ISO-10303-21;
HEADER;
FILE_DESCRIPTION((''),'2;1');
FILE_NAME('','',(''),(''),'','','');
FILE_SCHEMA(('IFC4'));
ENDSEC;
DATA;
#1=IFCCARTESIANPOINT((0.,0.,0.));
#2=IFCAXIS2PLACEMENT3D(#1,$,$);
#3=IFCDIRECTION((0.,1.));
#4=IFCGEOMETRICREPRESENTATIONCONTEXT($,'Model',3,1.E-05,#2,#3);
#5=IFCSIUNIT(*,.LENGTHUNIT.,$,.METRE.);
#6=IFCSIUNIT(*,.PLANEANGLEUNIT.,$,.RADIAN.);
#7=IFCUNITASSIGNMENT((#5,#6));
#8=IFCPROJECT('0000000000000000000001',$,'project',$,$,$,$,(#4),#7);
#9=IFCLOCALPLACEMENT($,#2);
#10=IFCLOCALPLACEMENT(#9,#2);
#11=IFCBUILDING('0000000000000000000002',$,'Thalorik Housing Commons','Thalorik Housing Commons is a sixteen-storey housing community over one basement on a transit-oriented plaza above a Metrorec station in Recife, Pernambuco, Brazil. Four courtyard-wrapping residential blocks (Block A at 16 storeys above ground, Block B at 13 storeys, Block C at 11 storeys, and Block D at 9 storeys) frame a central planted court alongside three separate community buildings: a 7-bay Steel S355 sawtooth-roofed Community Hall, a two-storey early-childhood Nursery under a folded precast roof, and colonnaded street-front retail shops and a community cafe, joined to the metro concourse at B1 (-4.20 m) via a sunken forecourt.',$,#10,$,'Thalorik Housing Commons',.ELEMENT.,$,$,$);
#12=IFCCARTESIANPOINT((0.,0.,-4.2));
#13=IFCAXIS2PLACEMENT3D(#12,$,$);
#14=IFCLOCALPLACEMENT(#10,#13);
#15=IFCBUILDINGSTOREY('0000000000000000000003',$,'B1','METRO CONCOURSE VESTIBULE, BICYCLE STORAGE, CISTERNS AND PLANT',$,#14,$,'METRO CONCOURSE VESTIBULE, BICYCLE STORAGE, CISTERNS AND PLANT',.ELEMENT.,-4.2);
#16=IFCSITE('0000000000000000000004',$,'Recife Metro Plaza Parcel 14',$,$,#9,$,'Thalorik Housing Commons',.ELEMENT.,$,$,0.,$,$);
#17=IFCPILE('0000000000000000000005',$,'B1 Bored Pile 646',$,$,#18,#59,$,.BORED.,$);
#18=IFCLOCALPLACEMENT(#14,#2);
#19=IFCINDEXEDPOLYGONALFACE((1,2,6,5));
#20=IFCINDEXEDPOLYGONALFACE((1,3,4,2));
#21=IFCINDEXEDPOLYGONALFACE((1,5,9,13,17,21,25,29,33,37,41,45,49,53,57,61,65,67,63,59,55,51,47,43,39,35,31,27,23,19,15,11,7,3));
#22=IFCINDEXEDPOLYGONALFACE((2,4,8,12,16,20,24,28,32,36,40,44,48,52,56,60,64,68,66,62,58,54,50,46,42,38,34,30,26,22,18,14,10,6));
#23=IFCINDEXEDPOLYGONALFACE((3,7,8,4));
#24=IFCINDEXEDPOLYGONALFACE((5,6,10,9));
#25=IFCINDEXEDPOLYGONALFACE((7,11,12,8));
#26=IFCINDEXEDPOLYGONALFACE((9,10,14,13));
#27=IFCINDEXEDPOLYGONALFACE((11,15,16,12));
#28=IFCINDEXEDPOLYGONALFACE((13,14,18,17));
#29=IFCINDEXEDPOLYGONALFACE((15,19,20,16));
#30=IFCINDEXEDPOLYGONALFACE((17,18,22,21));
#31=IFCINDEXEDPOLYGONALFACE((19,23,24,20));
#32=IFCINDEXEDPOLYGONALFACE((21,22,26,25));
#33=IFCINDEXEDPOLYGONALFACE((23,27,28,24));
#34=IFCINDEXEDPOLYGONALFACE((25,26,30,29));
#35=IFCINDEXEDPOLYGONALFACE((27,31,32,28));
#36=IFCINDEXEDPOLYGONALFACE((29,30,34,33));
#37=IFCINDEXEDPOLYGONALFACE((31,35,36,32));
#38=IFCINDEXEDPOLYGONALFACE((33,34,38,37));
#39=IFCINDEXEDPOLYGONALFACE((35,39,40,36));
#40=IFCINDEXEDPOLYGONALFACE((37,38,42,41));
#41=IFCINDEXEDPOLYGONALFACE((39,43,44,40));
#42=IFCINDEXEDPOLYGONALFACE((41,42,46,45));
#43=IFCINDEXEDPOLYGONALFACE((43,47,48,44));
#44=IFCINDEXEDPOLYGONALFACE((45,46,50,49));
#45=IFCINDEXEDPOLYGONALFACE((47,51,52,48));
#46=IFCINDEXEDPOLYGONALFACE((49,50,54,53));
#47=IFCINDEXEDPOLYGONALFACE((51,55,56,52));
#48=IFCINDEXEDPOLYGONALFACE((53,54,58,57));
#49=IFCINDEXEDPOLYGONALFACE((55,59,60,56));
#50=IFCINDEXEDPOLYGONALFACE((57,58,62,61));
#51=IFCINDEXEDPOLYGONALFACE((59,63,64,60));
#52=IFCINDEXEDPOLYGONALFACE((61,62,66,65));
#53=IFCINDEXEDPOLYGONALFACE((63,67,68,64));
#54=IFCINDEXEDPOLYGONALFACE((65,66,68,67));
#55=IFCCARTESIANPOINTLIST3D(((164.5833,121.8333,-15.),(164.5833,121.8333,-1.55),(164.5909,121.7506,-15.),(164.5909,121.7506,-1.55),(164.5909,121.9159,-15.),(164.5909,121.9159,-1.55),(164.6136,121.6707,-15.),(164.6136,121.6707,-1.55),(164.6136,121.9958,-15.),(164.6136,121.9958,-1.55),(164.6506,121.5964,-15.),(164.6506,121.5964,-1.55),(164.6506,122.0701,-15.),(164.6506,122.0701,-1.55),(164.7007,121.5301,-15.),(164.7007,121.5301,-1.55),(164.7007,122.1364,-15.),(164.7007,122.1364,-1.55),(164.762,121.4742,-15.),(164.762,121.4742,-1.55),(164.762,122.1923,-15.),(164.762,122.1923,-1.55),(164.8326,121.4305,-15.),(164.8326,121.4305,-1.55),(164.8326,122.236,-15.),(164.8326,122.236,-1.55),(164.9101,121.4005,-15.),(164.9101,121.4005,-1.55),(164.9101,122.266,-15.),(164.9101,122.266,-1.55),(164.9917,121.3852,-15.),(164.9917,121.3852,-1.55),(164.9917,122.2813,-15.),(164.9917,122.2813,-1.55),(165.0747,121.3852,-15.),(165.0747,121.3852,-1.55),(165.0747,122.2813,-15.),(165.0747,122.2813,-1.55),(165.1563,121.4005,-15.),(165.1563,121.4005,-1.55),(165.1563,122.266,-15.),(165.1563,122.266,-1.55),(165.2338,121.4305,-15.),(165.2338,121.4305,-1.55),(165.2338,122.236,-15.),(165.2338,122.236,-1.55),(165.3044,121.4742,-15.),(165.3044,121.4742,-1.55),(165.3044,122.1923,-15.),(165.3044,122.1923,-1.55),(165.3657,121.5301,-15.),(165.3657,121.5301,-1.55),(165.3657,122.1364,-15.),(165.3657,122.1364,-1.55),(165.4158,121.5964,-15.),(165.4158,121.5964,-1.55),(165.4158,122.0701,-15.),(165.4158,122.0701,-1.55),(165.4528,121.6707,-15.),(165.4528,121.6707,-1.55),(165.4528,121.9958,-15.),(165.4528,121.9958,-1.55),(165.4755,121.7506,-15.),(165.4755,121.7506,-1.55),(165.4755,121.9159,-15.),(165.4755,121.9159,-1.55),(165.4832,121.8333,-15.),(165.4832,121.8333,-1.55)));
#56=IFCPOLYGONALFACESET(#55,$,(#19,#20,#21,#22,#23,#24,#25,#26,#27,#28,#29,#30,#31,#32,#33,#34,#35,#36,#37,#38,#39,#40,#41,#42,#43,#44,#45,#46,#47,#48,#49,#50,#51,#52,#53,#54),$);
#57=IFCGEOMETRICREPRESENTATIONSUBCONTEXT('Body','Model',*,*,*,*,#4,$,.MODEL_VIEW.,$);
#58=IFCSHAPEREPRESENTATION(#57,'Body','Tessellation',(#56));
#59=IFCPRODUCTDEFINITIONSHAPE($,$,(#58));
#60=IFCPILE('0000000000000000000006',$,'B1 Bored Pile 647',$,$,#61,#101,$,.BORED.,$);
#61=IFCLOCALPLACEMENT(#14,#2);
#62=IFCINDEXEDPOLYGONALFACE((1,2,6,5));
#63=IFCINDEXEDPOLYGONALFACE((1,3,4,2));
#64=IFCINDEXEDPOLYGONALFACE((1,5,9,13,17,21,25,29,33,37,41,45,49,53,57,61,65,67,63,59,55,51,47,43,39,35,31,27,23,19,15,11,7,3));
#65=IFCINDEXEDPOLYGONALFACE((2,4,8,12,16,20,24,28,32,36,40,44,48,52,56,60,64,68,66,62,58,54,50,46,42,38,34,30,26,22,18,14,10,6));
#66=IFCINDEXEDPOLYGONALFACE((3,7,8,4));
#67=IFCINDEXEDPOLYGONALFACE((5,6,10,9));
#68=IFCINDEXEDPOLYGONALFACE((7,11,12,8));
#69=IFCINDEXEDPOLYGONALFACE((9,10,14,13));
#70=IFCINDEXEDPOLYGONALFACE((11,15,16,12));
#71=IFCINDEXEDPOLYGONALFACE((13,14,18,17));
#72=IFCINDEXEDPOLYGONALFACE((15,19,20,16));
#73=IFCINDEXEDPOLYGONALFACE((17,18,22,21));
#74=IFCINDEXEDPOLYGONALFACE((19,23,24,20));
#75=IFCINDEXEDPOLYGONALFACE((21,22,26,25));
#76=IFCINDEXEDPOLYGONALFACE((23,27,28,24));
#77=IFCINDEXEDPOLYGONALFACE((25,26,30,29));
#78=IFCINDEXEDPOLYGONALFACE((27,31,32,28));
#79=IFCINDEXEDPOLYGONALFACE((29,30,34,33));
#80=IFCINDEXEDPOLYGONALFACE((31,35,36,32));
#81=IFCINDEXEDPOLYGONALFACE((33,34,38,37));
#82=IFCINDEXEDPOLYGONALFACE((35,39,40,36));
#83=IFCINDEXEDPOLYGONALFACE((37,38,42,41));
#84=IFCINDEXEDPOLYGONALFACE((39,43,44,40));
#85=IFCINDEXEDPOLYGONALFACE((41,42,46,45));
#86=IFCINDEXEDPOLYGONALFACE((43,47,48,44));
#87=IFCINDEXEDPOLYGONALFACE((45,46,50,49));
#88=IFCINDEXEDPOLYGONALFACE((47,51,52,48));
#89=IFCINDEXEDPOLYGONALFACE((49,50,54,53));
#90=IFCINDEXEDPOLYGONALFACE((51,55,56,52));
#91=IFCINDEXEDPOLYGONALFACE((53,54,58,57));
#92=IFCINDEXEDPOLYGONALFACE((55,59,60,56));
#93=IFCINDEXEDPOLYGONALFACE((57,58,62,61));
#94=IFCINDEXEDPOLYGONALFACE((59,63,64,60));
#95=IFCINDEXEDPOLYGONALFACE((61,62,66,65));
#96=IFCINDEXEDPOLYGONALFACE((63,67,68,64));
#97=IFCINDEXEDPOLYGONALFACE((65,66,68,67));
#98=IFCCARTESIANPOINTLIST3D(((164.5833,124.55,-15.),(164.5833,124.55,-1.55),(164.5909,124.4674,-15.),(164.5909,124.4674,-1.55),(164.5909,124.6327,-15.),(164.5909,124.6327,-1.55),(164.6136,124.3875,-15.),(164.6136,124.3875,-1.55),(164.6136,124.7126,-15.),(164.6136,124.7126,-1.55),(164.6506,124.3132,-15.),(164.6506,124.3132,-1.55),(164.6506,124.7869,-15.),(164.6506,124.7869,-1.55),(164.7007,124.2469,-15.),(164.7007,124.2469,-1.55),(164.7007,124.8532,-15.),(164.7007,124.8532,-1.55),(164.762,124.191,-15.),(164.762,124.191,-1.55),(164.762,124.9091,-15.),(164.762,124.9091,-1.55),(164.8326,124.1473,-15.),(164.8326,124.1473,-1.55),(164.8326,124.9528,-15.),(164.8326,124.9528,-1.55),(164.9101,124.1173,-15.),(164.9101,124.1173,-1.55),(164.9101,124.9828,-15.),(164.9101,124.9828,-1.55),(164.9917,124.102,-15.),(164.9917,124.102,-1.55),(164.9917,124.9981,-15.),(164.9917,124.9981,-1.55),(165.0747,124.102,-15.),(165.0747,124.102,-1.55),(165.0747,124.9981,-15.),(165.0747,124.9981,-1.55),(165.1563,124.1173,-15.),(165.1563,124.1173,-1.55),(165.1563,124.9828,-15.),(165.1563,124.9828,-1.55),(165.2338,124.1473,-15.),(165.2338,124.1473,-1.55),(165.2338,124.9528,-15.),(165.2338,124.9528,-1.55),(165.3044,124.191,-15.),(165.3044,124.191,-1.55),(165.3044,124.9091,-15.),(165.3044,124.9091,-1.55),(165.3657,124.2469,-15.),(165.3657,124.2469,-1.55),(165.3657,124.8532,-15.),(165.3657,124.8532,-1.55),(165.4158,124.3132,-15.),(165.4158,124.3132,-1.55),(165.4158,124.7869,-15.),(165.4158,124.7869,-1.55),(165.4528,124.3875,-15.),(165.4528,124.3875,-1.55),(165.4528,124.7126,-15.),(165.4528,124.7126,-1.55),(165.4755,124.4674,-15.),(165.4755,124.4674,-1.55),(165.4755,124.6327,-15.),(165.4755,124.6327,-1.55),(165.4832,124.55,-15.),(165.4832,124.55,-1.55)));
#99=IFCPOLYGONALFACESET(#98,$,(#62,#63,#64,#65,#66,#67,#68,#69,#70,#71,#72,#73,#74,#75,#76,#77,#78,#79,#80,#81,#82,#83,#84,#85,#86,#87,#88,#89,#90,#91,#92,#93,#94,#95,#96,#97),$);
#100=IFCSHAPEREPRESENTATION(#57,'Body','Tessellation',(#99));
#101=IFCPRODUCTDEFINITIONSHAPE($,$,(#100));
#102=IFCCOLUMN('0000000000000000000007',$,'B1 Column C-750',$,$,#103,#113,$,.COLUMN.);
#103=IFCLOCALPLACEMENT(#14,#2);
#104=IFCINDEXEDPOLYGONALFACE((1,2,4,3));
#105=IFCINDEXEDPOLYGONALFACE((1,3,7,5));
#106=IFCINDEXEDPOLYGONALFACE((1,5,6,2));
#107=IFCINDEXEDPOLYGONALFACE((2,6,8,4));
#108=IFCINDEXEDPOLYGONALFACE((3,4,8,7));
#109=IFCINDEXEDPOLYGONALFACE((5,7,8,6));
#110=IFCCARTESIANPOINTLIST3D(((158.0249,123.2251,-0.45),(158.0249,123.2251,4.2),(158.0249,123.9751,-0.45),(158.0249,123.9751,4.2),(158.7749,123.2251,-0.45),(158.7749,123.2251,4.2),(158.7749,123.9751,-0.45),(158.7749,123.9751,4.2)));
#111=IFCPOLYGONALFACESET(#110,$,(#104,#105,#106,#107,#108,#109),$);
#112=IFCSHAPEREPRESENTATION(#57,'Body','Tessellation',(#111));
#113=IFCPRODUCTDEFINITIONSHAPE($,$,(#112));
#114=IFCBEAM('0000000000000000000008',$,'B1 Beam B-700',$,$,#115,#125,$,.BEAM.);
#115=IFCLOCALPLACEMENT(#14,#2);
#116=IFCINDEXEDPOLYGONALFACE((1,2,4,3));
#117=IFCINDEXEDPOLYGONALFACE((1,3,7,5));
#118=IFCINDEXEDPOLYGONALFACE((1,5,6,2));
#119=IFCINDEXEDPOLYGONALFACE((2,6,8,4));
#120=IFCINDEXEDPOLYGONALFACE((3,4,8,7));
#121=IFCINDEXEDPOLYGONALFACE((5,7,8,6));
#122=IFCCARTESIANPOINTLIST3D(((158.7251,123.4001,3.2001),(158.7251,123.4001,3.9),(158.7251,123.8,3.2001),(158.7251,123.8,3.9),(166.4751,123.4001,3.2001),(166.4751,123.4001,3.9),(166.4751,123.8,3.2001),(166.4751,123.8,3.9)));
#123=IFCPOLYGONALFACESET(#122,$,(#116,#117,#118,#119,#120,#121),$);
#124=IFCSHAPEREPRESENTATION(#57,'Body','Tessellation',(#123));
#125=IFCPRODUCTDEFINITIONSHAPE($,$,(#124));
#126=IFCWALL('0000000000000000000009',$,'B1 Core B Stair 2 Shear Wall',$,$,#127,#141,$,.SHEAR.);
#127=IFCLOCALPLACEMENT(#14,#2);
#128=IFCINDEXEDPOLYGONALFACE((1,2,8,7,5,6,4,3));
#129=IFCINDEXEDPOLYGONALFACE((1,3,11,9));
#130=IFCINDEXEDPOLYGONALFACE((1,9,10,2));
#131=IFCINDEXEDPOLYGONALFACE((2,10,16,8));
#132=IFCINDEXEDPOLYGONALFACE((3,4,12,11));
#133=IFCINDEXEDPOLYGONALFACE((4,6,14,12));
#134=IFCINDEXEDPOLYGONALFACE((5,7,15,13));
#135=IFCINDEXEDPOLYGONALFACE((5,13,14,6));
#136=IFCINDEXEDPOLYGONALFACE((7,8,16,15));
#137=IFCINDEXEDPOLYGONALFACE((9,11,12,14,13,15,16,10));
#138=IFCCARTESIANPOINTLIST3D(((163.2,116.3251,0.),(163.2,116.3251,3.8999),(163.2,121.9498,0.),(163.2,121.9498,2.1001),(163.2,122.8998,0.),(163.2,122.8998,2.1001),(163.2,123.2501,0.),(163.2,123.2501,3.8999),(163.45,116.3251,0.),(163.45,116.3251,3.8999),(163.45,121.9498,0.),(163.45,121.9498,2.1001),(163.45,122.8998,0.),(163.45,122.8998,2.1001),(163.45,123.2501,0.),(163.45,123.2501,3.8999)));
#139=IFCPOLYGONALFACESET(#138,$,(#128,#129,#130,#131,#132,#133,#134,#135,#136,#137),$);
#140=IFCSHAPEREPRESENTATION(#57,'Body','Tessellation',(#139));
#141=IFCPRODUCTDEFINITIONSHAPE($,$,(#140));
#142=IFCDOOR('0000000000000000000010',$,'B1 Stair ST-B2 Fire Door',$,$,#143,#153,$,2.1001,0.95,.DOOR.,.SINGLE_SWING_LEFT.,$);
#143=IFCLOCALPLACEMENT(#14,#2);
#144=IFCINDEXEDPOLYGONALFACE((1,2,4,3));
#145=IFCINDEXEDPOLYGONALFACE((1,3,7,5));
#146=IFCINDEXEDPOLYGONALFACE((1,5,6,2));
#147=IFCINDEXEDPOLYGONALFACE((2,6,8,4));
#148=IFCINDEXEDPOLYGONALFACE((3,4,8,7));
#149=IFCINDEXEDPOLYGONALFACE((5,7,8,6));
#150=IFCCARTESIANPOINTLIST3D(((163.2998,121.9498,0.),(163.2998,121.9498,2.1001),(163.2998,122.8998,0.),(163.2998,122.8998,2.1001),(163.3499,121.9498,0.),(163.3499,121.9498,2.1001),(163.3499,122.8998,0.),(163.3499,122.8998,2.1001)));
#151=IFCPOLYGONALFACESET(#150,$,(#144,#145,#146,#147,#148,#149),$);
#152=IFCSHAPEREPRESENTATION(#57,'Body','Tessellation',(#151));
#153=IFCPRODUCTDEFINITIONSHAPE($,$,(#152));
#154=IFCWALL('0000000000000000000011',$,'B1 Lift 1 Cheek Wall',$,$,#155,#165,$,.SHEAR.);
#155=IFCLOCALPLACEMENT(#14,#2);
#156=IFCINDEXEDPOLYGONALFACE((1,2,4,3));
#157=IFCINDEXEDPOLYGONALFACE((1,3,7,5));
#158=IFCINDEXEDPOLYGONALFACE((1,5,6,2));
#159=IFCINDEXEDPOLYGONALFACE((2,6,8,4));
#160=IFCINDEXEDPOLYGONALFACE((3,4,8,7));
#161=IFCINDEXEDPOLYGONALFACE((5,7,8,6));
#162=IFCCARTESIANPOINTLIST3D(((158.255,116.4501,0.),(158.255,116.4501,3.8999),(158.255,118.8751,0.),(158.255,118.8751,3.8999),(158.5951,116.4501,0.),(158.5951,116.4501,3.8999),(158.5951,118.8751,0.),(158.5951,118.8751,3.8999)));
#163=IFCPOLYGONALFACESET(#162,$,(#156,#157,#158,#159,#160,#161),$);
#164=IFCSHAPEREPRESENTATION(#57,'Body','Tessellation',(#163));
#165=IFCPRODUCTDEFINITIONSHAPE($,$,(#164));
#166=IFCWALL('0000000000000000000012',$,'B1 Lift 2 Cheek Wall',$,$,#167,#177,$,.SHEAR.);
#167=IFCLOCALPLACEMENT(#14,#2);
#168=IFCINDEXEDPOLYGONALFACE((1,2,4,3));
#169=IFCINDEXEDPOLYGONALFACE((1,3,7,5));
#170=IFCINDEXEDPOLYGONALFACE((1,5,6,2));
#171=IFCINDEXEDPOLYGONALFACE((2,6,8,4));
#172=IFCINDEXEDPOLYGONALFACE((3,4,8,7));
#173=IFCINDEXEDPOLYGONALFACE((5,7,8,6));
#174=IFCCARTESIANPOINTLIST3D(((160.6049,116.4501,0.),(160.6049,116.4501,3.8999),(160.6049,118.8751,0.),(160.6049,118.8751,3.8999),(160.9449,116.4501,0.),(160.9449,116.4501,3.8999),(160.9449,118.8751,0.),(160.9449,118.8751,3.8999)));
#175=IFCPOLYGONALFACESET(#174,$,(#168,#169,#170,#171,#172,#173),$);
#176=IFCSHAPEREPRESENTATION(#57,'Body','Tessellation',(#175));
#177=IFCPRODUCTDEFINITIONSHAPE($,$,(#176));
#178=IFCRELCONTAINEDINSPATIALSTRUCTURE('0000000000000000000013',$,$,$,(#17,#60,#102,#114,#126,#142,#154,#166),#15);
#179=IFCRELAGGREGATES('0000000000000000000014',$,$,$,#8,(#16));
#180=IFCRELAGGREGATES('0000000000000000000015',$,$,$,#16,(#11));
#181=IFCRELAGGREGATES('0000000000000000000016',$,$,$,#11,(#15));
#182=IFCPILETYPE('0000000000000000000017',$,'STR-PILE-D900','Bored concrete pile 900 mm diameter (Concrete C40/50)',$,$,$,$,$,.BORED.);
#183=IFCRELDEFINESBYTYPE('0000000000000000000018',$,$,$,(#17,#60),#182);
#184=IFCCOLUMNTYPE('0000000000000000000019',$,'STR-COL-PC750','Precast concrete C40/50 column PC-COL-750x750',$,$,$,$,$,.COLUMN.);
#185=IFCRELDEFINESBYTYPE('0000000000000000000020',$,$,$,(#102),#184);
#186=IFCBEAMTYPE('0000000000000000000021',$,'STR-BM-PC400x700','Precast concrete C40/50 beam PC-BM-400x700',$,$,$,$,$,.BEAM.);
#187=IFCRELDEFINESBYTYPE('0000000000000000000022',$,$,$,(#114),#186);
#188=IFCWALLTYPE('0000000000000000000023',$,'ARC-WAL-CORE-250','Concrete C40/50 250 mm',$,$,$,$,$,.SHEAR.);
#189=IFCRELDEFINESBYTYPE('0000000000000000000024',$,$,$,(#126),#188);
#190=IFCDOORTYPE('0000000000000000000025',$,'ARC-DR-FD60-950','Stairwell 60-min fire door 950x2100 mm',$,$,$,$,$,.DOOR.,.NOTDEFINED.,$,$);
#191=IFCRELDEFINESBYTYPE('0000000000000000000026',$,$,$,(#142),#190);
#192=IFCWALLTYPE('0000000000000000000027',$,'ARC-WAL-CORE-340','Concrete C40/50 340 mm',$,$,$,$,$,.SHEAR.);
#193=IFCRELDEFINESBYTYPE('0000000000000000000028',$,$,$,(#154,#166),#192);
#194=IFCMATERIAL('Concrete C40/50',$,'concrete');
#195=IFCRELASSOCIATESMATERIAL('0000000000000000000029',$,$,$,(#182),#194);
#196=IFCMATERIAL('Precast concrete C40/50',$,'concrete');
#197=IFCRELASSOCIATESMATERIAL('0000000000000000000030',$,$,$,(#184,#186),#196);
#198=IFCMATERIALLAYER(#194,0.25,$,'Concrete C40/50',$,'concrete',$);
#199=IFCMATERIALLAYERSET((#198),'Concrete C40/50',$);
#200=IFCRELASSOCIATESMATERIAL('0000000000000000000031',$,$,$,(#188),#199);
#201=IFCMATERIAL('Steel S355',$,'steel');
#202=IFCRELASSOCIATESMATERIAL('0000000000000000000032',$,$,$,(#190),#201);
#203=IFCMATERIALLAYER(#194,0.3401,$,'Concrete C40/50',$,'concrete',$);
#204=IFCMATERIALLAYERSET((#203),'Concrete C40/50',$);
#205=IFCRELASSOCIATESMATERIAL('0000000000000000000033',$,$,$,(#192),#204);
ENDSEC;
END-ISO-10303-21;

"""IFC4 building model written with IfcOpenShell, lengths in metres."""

from ifc_helpers import new_model, si_unit, direction, frame, frame_2d, origin, origin_2d, place, context, subcontext, project, spatial, rectangle, circle, extrude, material, layer, layer_set, material_profile, profile_set, type_object, element, fill, save


model = new_model("IFC4")

# Units and contexts
model_context = context("Model", 3, precision=1e-05, world=origin(), true_north=direction((0.0, 1.0)))
body_context = subcontext(model_context, "Body", "Model", "MODEL_VIEW")
ifc_project = project(units=[si_unit("LENGTHUNIT", "METRE"), si_unit("PLANEANGLEUNIT", "RADIAN")], contexts=[model_context])

# Site, building, storey
site_placement = place(None, origin())
site = spatial("IfcSite", under=ifc_project, at=site_placement, Name="Recife Metro Plaza Parcel 14", LongName="Thalorik Housing Commons", CompositionType="ELEMENT", RefElevation=0.0)
building_placement = place(site_placement, origin())
building = spatial("IfcBuilding", under=site, at=building_placement, Name="Thalorik Housing Commons", Description="Thalorik Housing Commons is a sixteen-storey housing community over one basement on a transit-oriented plaza above a Metrorec station in Recife, Pernambuco, Brazil. Four courtyard-wrapping residential blocks (Block A at 16 storeys above ground, Block B at 13 storeys, Block C at 11 storeys, and Block D at 9 storeys) frame a central planted court alongside three separate community buildings: a 7-bay Steel S355 sawtooth-roofed Community Hall, a two-storey early-childhood Nursery under a folded precast roof, and colonnaded street-front retail shops and a community cafe, joined to the metro concourse at B1 (-4.20 m) via a sunken forecourt.", LongName="Thalorik Housing Commons", CompositionType="ELEMENT")
storey_placement = place(building_placement, frame((0.0, 0.0, -4.2)))
storey = spatial("IfcBuildingStorey", under=building, at=storey_placement, Name="B1", Description="METRO CONCOURSE VESTIBULE, BICYCLE STORAGE, CISTERNS AND PLANT", LongName="METRO CONCOURSE VESTIBULE, BICYCLE STORAGE, CISTERNS AND PLANT", CompositionType="ELEMENT", Elevation=-4.2)

# Shared definitions
ifc_material_1 = material(Name="Concrete C40/50", Category="concrete")

# Piles
ifc_material_profile_1 = material_profile(ifc_material_1, circle(Radius=0.45, at=origin_2d()), Name="BORED PILE D900", Category="concrete")
ifc_profile_set_1 = profile_set([ifc_material_profile_1], Name="Concrete C40/50")
pile_type = type_object("IfcPileType", Name="STR-PILE-D900", Description="Bored concrete pile 900 mm diameter (Concrete C40/50)", PredefinedType="BORED", material=ifc_profile_set_1)
for number, where, z_axis, x_axis, name in (
    (1, (165.0332, 121.8333, -1.55), (0.0, 0.0, -1.0), (1.0, 0.0, 0.0), "B1 Bored Pile 646"),
    (2, (165.0332, 124.55, -1.55), (0.0, 0.0, -1.0), (1.0, 0.0, 0.0), "B1 Bored Pile 647"),
):
    element("IfcPile", number, at=place(storey_placement, frame(where, z_axis=z_axis, x_axis=x_axis)), inside=storey, type_object=pile_type, Name=name, PredefinedType="BORED", context=body_context, shape_type="SweptSolid", body=[
        extrude(circle(Radius=0.45, at=origin_2d()), origin(), (0.0, 0.0, 1.0), 13.45),
    ])

# Column
ifc_material_2 = material(Name="Precast concrete C40/50", Category="concrete")
ifc_material_profile_2 = material_profile(ifc_material_2, rectangle(XDim=0.75, YDim=0.75, at=origin_2d()), Name="PC 750x750", Category="concrete")
ifc_profile_set_2 = profile_set([ifc_material_profile_2], Name="Precast concrete C40/50")
column_type = type_object("IfcColumnType", Name="STR-COL-PC750", Description="Precast concrete C40/50 column PC-COL-750x750", PredefinedType="COLUMN", material=ifc_profile_set_2)
column_placement = place(storey_placement, frame((158.3999, 123.6001, -0.45), z_axis=(0.0, 0.0, 1.0), x_axis=(1.0, 0.0, 0.0)))
element("IfcColumn", 3, at=column_placement, inside=storey, type_object=column_type, Name="B1 Column C-750", PredefinedType="COLUMN", context=body_context, shape_type="SweptSolid", body=[
    extrude(rectangle(XDim=0.75, YDim=0.75, at=origin_2d()), origin(), (0.0, 0.0, 1.0), 4.6499),
])

# Beam
ifc_material_profile_3 = material_profile(ifc_material_2, rectangle(XDim=0.3999, YDim=0.7, at=origin_2d()), Name="PC 400x700", Category="concrete")
ifc_profile_set_3 = profile_set([ifc_material_profile_3], Name="Precast concrete C40/50")
beam_type = type_object("IfcBeamType", Name="STR-BM-PC400x700", Description="Precast concrete C40/50 beam PC-BM-400x700", PredefinedType="BEAM", material=ifc_profile_set_3)
beam_placement = place(storey_placement, frame((158.7251, 123.6001, 3.55), z_axis=(1.0, 0.0, 0.0), x_axis=(0.0, 1.0, 0.0)))
element("IfcBeam", 4, at=beam_placement, inside=storey, type_object=beam_type, Name="B1 Beam B-700", PredefinedType="BEAM", context=body_context, shape_type="SweptSolid", body=[
    extrude(rectangle(XDim=0.3999, YDim=0.7, at=origin_2d()), origin(), (0.0, 0.0, 1.0), 7.75),
])

# Wall, opening, door
ifc_layer_1 = layer(ifc_material_1, 0.25, Name="Concrete C40/50", Category="concrete")
ifc_layer_set_1 = layer_set([ifc_layer_1], Name="Concrete C40/50")
wall_type_1 = type_object("IfcWallType", Name="ARC-WAL-CORE-250", Description="Concrete C40/50 250 mm", PredefinedType="SHEAR", material=ifc_layer_set_1)
wall_1_placement = place(storey_placement, frame((163.325, 123.25, 0.0), z_axis=(0.0, 0.0, 1.0), x_axis=(0.0, -1.0, 0.0)))
wall_1 = element("IfcWall", 5, at=wall_1_placement, inside=storey, type_object=wall_type_1, Name="B1 Core B Stair 2 Shear Wall", PredefinedType="SHEAR", context=body_context, shape_type="SweptSolid", body=[
    extrude(rectangle(XDim=6.925, YDim=0.25, at=frame_2d((3.4624, 0.0))), origin(), (0.0, 0.0, 1.0), 3.8999),
])
opening_1_placement = place(wall_1_placement, frame((0.3501, 0.0, 0.0)))
opening_1 = element("IfcOpeningElement", 6, at=opening_1_placement, cuts=wall_1, PredefinedType="OPENING", context=body_context, shape_type="SweptSolid", body=[
    extrude(rectangle(XDim=0.95, YDim=2.1001, at=frame_2d((0.4751, 1.05))), frame((0.0, 0.135, 0.0), z_axis=(0.0, -1.0, 0.0), x_axis=(1.0, 0.0, 0.0)), (0.0, 0.0, 1.0), 0.27),
])
ifc_material_3 = material(Name="Steel S355", Category="steel")
door_type_1 = type_object("IfcDoorType", Name="ARC-DR-FD60-950", Description="Stairwell 60-min fire door 950x2100 mm", OperationType="NOTDEFINED", PredefinedType="DOOR", material=ifc_material_3)
door_1_placement = place(opening_1_placement, origin())
door_1 = element("IfcDoor", 7, at=door_1_placement, inside=storey, type_object=door_type_1, Name="B1 Stair ST-B2 Fire Door", OperationType="SINGLE_SWING_LEFT", OverallHeight=2.1001, OverallWidth=0.95, PredefinedType="DOOR", context=body_context, shape_type="SweptSolid", body=[
    extrude(rectangle(XDim=0.95, YDim=2.1001, at=frame_2d((0.4751, 1.05))), frame((0.0, 0.0249, 0.0), z_axis=(0.0, -1.0, 0.0), x_axis=(1.0, 0.0, 0.0)), (0.0, 0.0, 1.0), 0.05),
])
fill(opening_1, door_1)

# Walls
ifc_layer_2 = layer(ifc_material_1, 0.3401, Name="Concrete C40/50", Category="concrete")
ifc_layer_set_2 = layer_set([ifc_layer_2], Name="Concrete C40/50")
wall_type_2 = type_object("IfcWallType", Name="ARC-WAL-CORE-340", Description="Concrete C40/50 340 mm", PredefinedType="SHEAR", material=ifc_layer_set_2)
for number, where, z_axis, x_axis, name in (
    (8, (158.425, 118.875, 0.0), (0.0, 0.0, 1.0), (0.0, -1.0, 0.0), "B1 Lift 1 Cheek Wall"),
    (9, (160.7749, 118.875, 0.0), (0.0, 0.0, 1.0), (0.0, -1.0, 0.0), "B1 Lift 2 Cheek Wall"),
):
    element("IfcWall", number, at=place(storey_placement, frame(where, z_axis=z_axis, x_axis=x_axis)), inside=storey, type_object=wall_type_2, Name=name, PredefinedType="SHEAR", context=body_context, shape_type="SweptSolid", body=[
        extrude(rectangle(XDim=2.425, YDim=0.3401, at=frame_2d((1.2124, 0.0))), origin(), (0.0, 0.0, 1.0), 3.8999),
    ])

save(model, "model.ifc")
